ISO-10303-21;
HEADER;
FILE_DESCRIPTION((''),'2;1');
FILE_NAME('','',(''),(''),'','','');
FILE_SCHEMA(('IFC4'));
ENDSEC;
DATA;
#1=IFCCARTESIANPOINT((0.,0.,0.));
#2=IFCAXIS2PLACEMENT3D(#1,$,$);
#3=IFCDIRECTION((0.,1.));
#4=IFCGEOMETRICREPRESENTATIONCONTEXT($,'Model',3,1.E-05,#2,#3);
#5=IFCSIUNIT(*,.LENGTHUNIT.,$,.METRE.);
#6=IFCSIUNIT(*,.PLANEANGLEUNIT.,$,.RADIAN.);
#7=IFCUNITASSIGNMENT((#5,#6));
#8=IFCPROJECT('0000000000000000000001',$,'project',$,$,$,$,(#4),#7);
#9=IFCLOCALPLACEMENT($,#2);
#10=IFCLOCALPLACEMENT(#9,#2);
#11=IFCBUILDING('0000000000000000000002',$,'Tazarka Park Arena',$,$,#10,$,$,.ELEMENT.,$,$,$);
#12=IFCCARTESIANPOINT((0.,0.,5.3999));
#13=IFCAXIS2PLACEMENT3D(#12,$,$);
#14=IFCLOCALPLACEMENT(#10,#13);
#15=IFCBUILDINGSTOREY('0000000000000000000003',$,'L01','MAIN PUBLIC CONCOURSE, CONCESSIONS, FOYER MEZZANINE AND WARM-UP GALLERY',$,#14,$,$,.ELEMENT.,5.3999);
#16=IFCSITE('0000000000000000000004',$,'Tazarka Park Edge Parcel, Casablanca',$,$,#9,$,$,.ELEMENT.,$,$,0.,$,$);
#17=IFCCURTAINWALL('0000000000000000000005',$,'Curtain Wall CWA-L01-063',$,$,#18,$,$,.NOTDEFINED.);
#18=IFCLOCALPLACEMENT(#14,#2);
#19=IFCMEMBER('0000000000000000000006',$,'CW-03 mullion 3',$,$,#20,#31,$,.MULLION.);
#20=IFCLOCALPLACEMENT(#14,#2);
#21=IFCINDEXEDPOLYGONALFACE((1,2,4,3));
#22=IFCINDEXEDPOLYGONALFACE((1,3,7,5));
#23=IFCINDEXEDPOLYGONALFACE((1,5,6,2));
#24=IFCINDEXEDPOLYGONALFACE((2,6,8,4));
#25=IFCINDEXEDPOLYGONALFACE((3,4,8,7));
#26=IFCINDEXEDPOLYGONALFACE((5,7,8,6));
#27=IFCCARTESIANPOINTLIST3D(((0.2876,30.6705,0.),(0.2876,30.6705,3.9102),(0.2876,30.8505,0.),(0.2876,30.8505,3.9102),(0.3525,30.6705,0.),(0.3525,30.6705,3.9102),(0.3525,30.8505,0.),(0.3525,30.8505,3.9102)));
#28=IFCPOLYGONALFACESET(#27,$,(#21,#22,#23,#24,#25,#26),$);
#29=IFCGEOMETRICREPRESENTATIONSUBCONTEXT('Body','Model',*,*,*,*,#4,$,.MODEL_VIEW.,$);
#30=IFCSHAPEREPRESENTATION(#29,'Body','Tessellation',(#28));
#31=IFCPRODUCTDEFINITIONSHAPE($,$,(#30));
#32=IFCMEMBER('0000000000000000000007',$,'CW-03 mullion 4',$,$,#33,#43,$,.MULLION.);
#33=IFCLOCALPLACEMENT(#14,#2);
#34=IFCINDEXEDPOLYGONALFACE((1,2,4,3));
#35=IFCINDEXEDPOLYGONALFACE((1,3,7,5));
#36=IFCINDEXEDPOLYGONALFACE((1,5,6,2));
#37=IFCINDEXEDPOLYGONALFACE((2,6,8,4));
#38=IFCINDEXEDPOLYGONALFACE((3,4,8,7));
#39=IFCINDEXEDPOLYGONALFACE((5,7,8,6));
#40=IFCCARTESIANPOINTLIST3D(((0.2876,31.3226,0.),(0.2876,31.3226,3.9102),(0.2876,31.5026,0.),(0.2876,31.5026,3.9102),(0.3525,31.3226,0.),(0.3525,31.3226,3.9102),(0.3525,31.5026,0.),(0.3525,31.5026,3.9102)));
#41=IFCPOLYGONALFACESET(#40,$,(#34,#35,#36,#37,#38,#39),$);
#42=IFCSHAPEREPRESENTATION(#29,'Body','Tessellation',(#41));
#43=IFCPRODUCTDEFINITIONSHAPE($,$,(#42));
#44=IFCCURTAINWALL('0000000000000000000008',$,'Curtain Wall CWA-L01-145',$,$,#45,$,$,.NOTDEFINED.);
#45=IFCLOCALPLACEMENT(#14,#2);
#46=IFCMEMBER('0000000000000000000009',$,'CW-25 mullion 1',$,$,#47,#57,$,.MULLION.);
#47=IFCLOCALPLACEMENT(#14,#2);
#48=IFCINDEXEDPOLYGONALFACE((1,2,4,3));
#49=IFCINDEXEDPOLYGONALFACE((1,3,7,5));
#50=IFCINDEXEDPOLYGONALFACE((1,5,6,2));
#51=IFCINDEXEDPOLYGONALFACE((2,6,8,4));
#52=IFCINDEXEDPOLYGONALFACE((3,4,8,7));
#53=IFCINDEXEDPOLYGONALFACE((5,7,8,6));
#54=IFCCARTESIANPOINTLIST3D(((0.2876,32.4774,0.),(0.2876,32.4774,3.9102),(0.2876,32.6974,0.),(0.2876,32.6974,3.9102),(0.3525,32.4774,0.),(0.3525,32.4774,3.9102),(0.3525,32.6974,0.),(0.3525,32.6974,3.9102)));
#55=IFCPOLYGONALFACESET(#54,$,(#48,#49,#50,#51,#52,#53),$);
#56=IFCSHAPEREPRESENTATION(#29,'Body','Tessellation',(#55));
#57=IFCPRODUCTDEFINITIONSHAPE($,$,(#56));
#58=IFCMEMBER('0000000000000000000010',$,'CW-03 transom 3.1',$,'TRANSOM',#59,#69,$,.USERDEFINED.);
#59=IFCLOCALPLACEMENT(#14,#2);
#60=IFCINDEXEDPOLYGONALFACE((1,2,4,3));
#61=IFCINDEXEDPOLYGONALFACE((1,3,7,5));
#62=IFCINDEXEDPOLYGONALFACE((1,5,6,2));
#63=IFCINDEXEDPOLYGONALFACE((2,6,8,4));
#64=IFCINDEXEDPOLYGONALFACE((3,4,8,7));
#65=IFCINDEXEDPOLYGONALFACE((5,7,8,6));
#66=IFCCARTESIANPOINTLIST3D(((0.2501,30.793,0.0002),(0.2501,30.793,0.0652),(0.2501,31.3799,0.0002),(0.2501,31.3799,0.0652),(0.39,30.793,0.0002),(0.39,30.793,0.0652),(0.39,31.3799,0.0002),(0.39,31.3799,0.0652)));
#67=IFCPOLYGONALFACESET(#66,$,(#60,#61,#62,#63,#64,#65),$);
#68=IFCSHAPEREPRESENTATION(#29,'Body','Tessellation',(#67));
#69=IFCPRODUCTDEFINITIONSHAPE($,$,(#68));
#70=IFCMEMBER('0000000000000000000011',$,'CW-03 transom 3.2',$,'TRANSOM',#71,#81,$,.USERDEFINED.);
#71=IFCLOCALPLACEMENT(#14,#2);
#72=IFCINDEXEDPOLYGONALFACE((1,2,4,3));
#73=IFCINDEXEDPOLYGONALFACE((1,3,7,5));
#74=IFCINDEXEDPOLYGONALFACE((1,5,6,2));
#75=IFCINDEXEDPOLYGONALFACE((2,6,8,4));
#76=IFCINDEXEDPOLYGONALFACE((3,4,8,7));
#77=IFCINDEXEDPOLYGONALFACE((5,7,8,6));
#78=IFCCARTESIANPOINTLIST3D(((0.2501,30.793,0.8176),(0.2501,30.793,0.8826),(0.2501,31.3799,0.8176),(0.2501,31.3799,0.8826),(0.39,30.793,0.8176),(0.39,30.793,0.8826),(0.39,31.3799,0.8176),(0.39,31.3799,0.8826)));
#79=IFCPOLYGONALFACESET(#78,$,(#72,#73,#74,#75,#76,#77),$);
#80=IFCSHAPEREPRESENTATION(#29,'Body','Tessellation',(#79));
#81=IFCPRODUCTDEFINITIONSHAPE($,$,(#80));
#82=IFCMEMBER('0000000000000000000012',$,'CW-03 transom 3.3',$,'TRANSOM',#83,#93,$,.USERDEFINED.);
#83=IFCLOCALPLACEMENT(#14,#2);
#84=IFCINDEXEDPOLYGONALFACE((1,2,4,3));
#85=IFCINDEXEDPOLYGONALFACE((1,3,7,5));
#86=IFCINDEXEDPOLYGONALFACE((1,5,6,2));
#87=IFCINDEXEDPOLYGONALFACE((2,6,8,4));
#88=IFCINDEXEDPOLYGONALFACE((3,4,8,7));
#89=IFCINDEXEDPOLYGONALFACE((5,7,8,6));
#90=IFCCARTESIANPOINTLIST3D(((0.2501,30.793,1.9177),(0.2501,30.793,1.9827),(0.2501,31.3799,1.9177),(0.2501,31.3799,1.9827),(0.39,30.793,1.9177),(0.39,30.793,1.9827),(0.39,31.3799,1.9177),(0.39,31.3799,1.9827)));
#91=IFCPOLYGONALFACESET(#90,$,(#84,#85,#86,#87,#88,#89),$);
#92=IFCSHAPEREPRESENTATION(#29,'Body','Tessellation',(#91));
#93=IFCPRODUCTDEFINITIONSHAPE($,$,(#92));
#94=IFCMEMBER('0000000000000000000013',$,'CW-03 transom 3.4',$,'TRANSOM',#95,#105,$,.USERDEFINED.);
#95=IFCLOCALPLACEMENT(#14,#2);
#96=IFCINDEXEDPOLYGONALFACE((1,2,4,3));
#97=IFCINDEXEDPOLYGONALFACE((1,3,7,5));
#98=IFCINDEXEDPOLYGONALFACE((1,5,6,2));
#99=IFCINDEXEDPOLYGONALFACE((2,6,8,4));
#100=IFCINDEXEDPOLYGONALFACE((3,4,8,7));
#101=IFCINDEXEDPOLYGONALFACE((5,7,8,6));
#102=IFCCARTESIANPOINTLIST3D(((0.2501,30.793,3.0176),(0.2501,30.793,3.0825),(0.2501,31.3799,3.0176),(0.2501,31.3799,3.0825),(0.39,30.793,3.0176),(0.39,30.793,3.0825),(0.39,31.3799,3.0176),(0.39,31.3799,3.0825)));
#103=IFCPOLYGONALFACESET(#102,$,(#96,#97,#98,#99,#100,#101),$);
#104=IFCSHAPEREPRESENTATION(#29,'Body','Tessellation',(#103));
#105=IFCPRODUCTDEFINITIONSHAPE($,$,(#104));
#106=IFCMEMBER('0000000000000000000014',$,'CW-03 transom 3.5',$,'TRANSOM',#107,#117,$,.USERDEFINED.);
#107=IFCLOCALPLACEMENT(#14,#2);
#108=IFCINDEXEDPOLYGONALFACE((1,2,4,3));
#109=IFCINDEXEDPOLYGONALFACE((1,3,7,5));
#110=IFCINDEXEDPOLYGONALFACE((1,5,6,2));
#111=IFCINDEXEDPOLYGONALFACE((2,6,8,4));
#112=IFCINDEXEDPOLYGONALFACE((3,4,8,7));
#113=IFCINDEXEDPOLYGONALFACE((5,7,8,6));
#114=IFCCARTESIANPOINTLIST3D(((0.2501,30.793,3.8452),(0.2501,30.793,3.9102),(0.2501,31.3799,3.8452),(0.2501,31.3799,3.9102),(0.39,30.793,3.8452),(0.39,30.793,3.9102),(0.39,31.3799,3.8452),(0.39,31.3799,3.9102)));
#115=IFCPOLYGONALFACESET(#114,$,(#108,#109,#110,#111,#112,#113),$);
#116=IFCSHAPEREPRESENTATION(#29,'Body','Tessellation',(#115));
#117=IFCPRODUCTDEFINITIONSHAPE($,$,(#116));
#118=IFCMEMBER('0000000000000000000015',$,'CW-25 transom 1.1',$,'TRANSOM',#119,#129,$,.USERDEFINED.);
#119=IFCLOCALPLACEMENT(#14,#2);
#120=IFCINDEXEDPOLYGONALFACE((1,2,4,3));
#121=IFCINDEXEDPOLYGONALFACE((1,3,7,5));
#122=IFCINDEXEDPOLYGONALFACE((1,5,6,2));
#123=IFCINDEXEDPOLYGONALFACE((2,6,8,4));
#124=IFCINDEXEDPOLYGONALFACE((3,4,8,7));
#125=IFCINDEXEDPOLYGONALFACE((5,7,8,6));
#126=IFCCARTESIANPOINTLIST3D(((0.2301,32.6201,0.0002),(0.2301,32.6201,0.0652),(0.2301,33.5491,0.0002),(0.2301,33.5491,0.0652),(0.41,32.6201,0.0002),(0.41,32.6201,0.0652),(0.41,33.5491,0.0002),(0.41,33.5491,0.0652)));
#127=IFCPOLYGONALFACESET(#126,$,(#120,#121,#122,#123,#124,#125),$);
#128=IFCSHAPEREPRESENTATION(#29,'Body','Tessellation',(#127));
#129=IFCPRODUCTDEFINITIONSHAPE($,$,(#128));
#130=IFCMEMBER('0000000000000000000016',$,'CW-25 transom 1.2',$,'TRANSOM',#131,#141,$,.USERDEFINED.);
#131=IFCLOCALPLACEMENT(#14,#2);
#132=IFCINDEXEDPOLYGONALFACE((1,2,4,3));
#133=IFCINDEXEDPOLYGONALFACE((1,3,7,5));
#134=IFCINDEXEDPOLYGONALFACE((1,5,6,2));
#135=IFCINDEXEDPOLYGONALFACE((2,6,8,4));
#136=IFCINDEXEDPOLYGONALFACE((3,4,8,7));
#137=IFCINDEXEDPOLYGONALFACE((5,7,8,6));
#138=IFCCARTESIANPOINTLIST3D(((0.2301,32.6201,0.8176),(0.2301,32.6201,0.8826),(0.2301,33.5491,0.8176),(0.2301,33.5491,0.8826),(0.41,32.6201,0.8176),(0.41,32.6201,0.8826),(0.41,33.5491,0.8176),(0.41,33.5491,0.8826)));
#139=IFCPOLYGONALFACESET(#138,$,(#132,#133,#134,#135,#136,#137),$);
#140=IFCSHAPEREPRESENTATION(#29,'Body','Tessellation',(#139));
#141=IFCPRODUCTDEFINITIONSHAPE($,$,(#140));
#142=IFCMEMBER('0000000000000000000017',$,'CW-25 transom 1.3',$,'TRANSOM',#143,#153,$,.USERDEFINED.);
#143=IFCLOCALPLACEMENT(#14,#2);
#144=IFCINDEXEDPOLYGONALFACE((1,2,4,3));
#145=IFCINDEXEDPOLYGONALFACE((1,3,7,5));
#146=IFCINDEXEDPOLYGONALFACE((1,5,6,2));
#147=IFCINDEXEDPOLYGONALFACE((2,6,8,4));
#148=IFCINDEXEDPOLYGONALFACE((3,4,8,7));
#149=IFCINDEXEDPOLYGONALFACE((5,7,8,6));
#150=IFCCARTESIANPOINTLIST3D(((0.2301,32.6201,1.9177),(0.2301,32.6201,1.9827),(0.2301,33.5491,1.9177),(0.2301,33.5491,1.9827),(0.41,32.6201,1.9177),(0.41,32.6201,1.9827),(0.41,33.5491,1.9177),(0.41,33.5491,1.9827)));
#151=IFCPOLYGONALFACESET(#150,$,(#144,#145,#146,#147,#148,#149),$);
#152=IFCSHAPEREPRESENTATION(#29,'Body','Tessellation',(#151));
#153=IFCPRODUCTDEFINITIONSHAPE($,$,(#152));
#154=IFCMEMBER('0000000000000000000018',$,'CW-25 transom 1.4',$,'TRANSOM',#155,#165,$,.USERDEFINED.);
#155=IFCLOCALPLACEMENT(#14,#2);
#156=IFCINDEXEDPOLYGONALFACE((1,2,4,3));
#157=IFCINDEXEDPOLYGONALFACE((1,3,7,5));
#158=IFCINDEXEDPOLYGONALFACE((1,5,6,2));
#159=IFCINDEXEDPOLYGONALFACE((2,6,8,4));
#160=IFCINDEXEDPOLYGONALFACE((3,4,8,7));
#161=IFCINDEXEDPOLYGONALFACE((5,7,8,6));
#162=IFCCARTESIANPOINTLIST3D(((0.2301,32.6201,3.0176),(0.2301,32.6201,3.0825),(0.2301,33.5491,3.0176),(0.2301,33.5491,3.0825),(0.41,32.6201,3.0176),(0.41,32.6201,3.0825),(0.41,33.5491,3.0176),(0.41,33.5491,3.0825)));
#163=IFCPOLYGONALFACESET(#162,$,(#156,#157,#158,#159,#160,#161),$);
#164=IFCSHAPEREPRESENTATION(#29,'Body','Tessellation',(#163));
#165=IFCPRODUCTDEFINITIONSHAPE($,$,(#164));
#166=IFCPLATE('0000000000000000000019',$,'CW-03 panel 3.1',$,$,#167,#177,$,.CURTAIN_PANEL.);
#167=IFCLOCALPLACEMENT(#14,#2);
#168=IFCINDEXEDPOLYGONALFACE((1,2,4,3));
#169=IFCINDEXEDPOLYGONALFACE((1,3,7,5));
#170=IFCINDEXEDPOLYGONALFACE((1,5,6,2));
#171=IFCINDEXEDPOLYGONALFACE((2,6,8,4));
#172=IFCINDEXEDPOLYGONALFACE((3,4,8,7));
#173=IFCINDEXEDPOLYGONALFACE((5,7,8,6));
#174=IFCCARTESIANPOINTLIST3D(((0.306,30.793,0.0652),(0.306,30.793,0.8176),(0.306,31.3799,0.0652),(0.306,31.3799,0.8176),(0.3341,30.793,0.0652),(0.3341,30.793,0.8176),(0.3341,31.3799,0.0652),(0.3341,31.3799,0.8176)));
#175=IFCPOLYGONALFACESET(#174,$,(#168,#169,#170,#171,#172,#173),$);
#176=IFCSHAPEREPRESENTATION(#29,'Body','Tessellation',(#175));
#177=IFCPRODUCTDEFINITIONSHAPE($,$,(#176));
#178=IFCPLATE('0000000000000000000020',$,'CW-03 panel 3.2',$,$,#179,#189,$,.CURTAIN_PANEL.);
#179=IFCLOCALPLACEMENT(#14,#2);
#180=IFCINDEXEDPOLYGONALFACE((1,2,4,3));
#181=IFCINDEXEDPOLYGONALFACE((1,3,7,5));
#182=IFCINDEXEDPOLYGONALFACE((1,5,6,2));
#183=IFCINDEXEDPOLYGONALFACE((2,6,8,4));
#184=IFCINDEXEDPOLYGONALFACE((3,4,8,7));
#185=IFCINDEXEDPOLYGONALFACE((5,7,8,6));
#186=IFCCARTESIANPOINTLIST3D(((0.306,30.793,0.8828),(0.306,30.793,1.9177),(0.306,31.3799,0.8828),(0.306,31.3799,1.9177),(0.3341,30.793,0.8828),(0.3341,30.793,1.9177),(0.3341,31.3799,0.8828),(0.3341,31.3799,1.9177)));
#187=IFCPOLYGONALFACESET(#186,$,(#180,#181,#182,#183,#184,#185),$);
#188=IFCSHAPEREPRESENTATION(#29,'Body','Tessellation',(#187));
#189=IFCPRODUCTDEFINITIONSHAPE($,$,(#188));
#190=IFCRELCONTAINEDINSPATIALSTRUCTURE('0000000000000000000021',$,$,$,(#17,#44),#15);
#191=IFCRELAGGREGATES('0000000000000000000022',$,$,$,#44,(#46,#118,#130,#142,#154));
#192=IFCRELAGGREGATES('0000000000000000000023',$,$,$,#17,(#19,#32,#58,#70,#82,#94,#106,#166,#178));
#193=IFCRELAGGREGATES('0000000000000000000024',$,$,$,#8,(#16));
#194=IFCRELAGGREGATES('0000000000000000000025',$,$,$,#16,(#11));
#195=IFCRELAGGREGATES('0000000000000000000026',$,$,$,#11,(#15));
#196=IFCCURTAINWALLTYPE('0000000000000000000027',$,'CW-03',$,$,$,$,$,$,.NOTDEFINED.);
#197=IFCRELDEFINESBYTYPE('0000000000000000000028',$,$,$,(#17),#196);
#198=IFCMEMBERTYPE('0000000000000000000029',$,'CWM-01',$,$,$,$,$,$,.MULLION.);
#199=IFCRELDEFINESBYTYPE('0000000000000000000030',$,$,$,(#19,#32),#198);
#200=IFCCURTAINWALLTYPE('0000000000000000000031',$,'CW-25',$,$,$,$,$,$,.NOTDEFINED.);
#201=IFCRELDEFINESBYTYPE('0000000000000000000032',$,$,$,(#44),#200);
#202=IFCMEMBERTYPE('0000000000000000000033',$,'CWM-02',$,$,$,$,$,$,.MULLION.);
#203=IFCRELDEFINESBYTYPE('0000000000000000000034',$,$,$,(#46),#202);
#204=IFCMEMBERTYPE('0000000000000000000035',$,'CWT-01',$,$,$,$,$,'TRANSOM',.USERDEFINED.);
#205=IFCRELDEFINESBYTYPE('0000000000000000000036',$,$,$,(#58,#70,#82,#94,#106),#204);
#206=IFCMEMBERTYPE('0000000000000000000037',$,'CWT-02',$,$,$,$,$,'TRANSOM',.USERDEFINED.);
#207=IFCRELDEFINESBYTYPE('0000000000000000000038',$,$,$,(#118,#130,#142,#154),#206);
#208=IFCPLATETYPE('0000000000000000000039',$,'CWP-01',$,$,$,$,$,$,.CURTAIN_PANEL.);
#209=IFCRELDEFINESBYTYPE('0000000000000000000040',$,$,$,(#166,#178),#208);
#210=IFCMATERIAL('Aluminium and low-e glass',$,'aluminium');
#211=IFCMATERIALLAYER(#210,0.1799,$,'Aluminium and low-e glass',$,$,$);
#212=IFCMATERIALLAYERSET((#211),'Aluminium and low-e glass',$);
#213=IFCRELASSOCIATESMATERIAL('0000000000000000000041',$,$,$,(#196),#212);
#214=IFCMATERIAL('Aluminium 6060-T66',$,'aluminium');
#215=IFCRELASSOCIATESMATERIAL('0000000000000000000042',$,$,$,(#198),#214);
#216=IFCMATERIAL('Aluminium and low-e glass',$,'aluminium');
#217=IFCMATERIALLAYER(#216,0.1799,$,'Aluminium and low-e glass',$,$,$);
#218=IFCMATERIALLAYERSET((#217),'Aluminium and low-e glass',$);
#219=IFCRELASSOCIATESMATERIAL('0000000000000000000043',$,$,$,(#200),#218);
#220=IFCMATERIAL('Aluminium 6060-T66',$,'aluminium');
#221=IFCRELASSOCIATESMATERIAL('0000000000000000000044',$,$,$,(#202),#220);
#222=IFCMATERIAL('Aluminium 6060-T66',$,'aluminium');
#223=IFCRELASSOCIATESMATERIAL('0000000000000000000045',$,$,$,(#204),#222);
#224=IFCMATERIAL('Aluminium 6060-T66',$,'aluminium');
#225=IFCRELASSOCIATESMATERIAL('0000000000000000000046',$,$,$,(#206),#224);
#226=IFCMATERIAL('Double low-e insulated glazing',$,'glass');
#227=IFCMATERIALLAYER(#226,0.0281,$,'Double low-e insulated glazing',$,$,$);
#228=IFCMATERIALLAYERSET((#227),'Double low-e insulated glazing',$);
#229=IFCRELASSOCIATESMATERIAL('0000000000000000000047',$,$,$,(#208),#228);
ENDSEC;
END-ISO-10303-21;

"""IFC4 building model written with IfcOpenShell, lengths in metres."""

from ifc_helpers import new_model, si_unit, direction, frame, origin, origin_2d, place, context, subcontext, project, spatial, rectangle, extrude, material, layer, layer_set, material_profile, profile_set, type_object, element, aggregate, save


model = new_model("IFC4")

# Units and contexts
model_context = context("Model", 3, precision=1e-05, world=origin(), true_north=direction((0.0, 1.0)))
body_context = subcontext(model_context, "Body", "Model", "MODEL_VIEW")
ifc_project = project(units=[si_unit("LENGTHUNIT", "METRE"), si_unit("PLANEANGLEUNIT", "RADIAN")], contexts=[model_context])

# Site, building, storey
site_placement = place(None, origin())
site = spatial("IfcSite", under=ifc_project, at=site_placement, Name="Tazarka Park Edge Parcel, Casablanca", CompositionType="ELEMENT", RefElevation=0.0)
building_placement = place(site_placement, origin())
building = spatial("IfcBuilding", under=site, at=building_placement, Name="Tazarka Park Arena", CompositionType="ELEMENT")
storey_placement = place(building_placement, frame((0.0, 0.0, 5.3999)))
storey = spatial("IfcBuildingStorey", under=building, at=storey_placement, Name="L01", Description="MAIN PUBLIC CONCOURSE, CONCESSIONS, FOYER MEZZANINE AND WARM-UP GALLERY", CompositionType="ELEMENT", Elevation=5.3999)

# Curtain wall, members
ifc_material_1 = material(Name="Aluminium and low-e glass", Category="aluminium")
ifc_layer_1 = layer(ifc_material_1, 0.1799, Name="Aluminium and low-e glass")
ifc_layer_set_1 = layer_set([ifc_layer_1], Name="Aluminium and low-e glass")
curtain_wall_type_1 = type_object("IfcCurtainWallType", Name="CW-03", PredefinedType="NOTDEFINED", material=ifc_layer_set_1)
curtain_wall_1_placement = place(storey_placement, origin())
curtain_wall_1 = element("IfcCurtainWall", 1, at=curtain_wall_1_placement, inside=storey, type_object=curtain_wall_type_1, Name="Curtain Wall CWA-L01-063", PredefinedType="NOTDEFINED")
ifc_material_2 = material(Name="Aluminium 6060-T66", Category="aluminium")
ifc_material_profile_1 = material_profile(ifc_material_2, rectangle(XDim=0.0649, YDim=0.1799, at=origin_2d()), Name="Aluminium 6060-T66")
ifc_profile_set_1 = profile_set([ifc_material_profile_1], Name="Aluminium 6060-T66")
member_type_1 = type_object("IfcMemberType", Name="CWM-01", PredefinedType="MULLION", material=ifc_profile_set_1)
member_1_placement = place(storey_placement, frame((0.3201, 30.7605, 0.0), z_axis=(0.0, 0.0, 1.0), x_axis=(-1.0, 0.0, 0.0)))
member_1 = element("IfcMember", 2, at=member_1_placement, type_object=member_type_1, Name="CW-03 mullion 3", PredefinedType="MULLION", context=body_context, shape_type="SweptSolid", body=[
    extrude(rectangle(XDim=0.0649, YDim=0.1799, at=origin_2d()), origin(), (0.0, 0.0, 1.0), 3.9102),
])
member_2_placement = place(storey_placement, frame((0.3201, 31.4126, 0.0), z_axis=(0.0, 0.0, 1.0), x_axis=(-1.0, 0.0, 0.0)))
member_2 = element("IfcMember", 3, at=member_2_placement, type_object=member_type_1, Name="CW-03 mullion 4", PredefinedType="MULLION", context=body_context, shape_type="SweptSolid", body=[
    extrude(rectangle(XDim=0.0649, YDim=0.1799, at=origin_2d()), origin(), (0.0, 0.0, 1.0), 3.9102),
])

# Curtain wall, member
ifc_material_3 = material(Name="Aluminium and low-e glass", Category="aluminium")
ifc_layer_2 = layer(ifc_material_3, 0.1799, Name="Aluminium and low-e glass")
ifc_layer_set_2 = layer_set([ifc_layer_2], Name="Aluminium and low-e glass")
curtain_wall_type_2 = type_object("IfcCurtainWallType", Name="CW-25", PredefinedType="NOTDEFINED", material=ifc_layer_set_2)
curtain_wall_2_placement = place(storey_placement, origin())
curtain_wall_2 = element("IfcCurtainWall", 4, at=curtain_wall_2_placement, inside=storey, type_object=curtain_wall_type_2, Name="Curtain Wall CWA-L01-145", PredefinedType="NOTDEFINED")
ifc_material_4 = material(Name="Aluminium 6060-T66", Category="aluminium")
ifc_material_profile_2 = material_profile(ifc_material_4, rectangle(XDim=0.0649, YDim=0.22, at=origin_2d()), Name="Aluminium 6060-T66")
ifc_profile_set_2 = profile_set([ifc_material_profile_2], Name="Aluminium 6060-T66")
member_type_2 = type_object("IfcMemberType", Name="CWM-02", PredefinedType="MULLION", material=ifc_profile_set_2)
member_3_placement = place(storey_placement, frame((0.3201, 32.5874, 0.0), z_axis=(0.0, 0.0, 1.0), x_axis=(-1.0, 0.0, 0.0)))
member_3 = element("IfcMember", 5, at=member_3_placement, type_object=member_type_2, Name="CW-25 mullion 1", PredefinedType="MULLION", context=body_context, shape_type="SweptSolid", body=[
    extrude(rectangle(XDim=0.0649, YDim=0.22, at=origin_2d()), origin(), (0.0, 0.0, 1.0), 3.9102),
])

# Members
ifc_material_5 = material(Name="Aluminium 6060-T66", Category="aluminium")
ifc_material_profile_3 = material_profile(ifc_material_5, rectangle(XDim=0.1399, YDim=0.0649, at=origin_2d()), Name="Aluminium 6060-T66")
ifc_profile_set_3 = profile_set([ifc_material_profile_3], Name="Aluminium 6060-T66")
member_type_3 = type_object("IfcMemberType", Name="CWT-01", ElementType="TRANSOM", PredefinedType="USERDEFINED", material=ifc_profile_set_3)
member_4_placement = place(storey_placement, frame((0.3201, 30.793, 0.0327), z_axis=(0.0, 1.0, 0.0), x_axis=(-1.0, 0.0, 0.0)))
member_4 = element("IfcMember", 6, at=member_4_placement, type_object=member_type_3, Name="CW-03 transom 3.1", ObjectType="TRANSOM", PredefinedType="USERDEFINED", context=body_context, shape_type="SweptSolid", body=[
    extrude(rectangle(XDim=0.1399, YDim=0.0649, at=origin_2d()), origin(), (0.0, 0.0, 1.0), 0.5869),
])
member_5_placement = place(storey_placement, frame((0.3201, 30.793, 0.8501), z_axis=(0.0, 1.0, 0.0), x_axis=(-1.0, 0.0, 0.0)))
member_5 = element("IfcMember", 7, at=member_5_placement, type_object=member_type_3, Name="CW-03 transom 3.2", ObjectType="TRANSOM", PredefinedType="USERDEFINED", context=body_context, shape_type="SweptSolid", body=[
    extrude(rectangle(XDim=0.1399, YDim=0.0649, at=origin_2d()), origin(), (0.0, 0.0, 1.0), 0.5869),
])
member_6_placement = place(storey_placement, frame((0.3201, 30.793, 1.9502), z_axis=(0.0, 1.0, 0.0), x_axis=(-1.0, 0.0, 0.0)))
member_6 = element("IfcMember", 8, at=member_6_placement, type_object=member_type_3, Name="CW-03 transom 3.3", ObjectType="TRANSOM", PredefinedType="USERDEFINED", context=body_context, shape_type="SweptSolid", body=[
    extrude(rectangle(XDim=0.1399, YDim=0.0649, at=origin_2d()), origin(), (0.0, 0.0, 1.0), 0.5869),
])
member_7_placement = place(storey_placement, frame((0.3201, 30.793, 3.05), z_axis=(0.0, 1.0, 0.0), x_axis=(-1.0, 0.0, 0.0)))
member_7 = element("IfcMember", 9, at=member_7_placement, type_object=member_type_3, Name="CW-03 transom 3.4", ObjectType="TRANSOM", PredefinedType="USERDEFINED", context=body_context, shape_type="SweptSolid", body=[
    extrude(rectangle(XDim=0.1399, YDim=0.0649, at=origin_2d()), origin(), (0.0, 0.0, 1.0), 0.5869),
])
member_8_placement = place(storey_placement, frame((0.3201, 30.793, 3.8777), z_axis=(0.0, 1.0, 0.0), x_axis=(-1.0, 0.0, 0.0)))
member_8 = element("IfcMember", 10, at=member_8_placement, type_object=member_type_3, Name="CW-03 transom 3.5", ObjectType="TRANSOM", PredefinedType="USERDEFINED", context=body_context, shape_type="SweptSolid", body=[
    extrude(rectangle(XDim=0.1399, YDim=0.0649, at=origin_2d()), origin(), (0.0, 0.0, 1.0), 0.5869),
])
ifc_material_6 = material(Name="Aluminium 6060-T66", Category="aluminium")
ifc_material_profile_4 = material_profile(ifc_material_6, rectangle(XDim=0.1799, YDim=0.0649, at=origin_2d()), Name="Aluminium 6060-T66")
ifc_profile_set_4 = profile_set([ifc_material_profile_4], Name="Aluminium 6060-T66")
member_type_4 = type_object("IfcMemberType", Name="CWT-02", ElementType="TRANSOM", PredefinedType="USERDEFINED", material=ifc_profile_set_4)
member_9_placement = place(storey_placement, frame((0.3201, 32.6201, 0.0327), z_axis=(0.0, 1.0, 0.0), x_axis=(-1.0, 0.0, 0.0)))
member_9 = element("IfcMember", 11, at=member_9_placement, type_object=member_type_4, Name="CW-25 transom 1.1", ObjectType="TRANSOM", PredefinedType="USERDEFINED", context=body_context, shape_type="SweptSolid", body=[
    extrude(rectangle(XDim=0.1799, YDim=0.0649, at=origin_2d()), origin(), (0.0, 0.0, 1.0), 0.929),
])
member_10_placement = place(storey_placement, frame((0.3201, 32.6201, 0.8501), z_axis=(0.0, 1.0, 0.0), x_axis=(-1.0, 0.0, 0.0)))
member_10 = element("IfcMember", 12, at=member_10_placement, type_object=member_type_4, Name="CW-25 transom 1.2", ObjectType="TRANSOM", PredefinedType="USERDEFINED", context=body_context, shape_type="SweptSolid", body=[
    extrude(rectangle(XDim=0.1799, YDim=0.0649, at=origin_2d()), origin(), (0.0, 0.0, 1.0), 0.929),
])
member_11_placement = place(storey_placement, frame((0.3201, 32.6201, 1.9502), z_axis=(0.0, 1.0, 0.0), x_axis=(-1.0, 0.0, 0.0)))
member_11 = element("IfcMember", 13, at=member_11_placement, type_object=member_type_4, Name="CW-25 transom 1.3", ObjectType="TRANSOM", PredefinedType="USERDEFINED", context=body_context, shape_type="SweptSolid", body=[
    extrude(rectangle(XDim=0.1799, YDim=0.0649, at=origin_2d()), origin(), (0.0, 0.0, 1.0), 0.929),
])
member_12_placement = place(storey_placement, frame((0.3201, 32.6201, 3.05), z_axis=(0.0, 1.0, 0.0), x_axis=(-1.0, 0.0, 0.0)))
member_12 = element("IfcMember", 14, at=member_12_placement, type_object=member_type_4, Name="CW-25 transom 1.4", ObjectType="TRANSOM", PredefinedType="USERDEFINED", context=body_context, shape_type="SweptSolid", body=[
    extrude(rectangle(XDim=0.1799, YDim=0.0649, at=origin_2d()), origin(), (0.0, 0.0, 1.0), 0.929),
])
aggregate(curtain_wall_2, [member_3, member_9, member_10, member_11, member_12])

# Plates
ifc_material_7 = material(Name="Double low-e insulated glazing", Category="glass")
ifc_layer_3 = layer(ifc_material_7, 0.0281, Name="Double low-e insulated glazing")
ifc_layer_set_3 = layer_set([ifc_layer_3], Name="Double low-e insulated glazing")
plate_type = type_object("IfcPlateType", Name="CWP-01", PredefinedType="CURTAIN_PANEL", material=ifc_layer_set_3)
plate_1_placement = place(storey_placement, frame((0.3201, 31.0864, 0.0652), z_axis=(0.0, 0.0, 1.0), x_axis=(0.0, 1.0, 0.0)))
plate_1 = element("IfcPlate", 15, at=plate_1_placement, type_object=plate_type, Name="CW-03 panel 3.1", PredefinedType="CURTAIN_PANEL", context=body_context, shape_type="SweptSolid", body=[
    extrude(rectangle(XDim=0.5869, YDim=0.0281, at=origin_2d()), origin(), (0.0, 0.0, 1.0), 0.7524),
])
plate_2_placement = place(storey_placement, frame((0.3201, 31.0864, 0.8828), z_axis=(0.0, 0.0, 1.0), x_axis=(0.0, 1.0, 0.0)))
plate_2 = element("IfcPlate", 16, at=plate_2_placement, type_object=plate_type, Name="CW-03 panel 3.2", PredefinedType="CURTAIN_PANEL", context=body_context, shape_type="SweptSolid", body=[
    extrude(rectangle(XDim=0.5869, YDim=0.0281, at=origin_2d()), origin(), (0.0, 0.0, 1.0), 1.0349),
])
aggregate(curtain_wall_1, [member_1, member_2, member_4, member_5, member_6, member_7, member_8, plate_1, plate_2])

save(model, "model.ifc")
